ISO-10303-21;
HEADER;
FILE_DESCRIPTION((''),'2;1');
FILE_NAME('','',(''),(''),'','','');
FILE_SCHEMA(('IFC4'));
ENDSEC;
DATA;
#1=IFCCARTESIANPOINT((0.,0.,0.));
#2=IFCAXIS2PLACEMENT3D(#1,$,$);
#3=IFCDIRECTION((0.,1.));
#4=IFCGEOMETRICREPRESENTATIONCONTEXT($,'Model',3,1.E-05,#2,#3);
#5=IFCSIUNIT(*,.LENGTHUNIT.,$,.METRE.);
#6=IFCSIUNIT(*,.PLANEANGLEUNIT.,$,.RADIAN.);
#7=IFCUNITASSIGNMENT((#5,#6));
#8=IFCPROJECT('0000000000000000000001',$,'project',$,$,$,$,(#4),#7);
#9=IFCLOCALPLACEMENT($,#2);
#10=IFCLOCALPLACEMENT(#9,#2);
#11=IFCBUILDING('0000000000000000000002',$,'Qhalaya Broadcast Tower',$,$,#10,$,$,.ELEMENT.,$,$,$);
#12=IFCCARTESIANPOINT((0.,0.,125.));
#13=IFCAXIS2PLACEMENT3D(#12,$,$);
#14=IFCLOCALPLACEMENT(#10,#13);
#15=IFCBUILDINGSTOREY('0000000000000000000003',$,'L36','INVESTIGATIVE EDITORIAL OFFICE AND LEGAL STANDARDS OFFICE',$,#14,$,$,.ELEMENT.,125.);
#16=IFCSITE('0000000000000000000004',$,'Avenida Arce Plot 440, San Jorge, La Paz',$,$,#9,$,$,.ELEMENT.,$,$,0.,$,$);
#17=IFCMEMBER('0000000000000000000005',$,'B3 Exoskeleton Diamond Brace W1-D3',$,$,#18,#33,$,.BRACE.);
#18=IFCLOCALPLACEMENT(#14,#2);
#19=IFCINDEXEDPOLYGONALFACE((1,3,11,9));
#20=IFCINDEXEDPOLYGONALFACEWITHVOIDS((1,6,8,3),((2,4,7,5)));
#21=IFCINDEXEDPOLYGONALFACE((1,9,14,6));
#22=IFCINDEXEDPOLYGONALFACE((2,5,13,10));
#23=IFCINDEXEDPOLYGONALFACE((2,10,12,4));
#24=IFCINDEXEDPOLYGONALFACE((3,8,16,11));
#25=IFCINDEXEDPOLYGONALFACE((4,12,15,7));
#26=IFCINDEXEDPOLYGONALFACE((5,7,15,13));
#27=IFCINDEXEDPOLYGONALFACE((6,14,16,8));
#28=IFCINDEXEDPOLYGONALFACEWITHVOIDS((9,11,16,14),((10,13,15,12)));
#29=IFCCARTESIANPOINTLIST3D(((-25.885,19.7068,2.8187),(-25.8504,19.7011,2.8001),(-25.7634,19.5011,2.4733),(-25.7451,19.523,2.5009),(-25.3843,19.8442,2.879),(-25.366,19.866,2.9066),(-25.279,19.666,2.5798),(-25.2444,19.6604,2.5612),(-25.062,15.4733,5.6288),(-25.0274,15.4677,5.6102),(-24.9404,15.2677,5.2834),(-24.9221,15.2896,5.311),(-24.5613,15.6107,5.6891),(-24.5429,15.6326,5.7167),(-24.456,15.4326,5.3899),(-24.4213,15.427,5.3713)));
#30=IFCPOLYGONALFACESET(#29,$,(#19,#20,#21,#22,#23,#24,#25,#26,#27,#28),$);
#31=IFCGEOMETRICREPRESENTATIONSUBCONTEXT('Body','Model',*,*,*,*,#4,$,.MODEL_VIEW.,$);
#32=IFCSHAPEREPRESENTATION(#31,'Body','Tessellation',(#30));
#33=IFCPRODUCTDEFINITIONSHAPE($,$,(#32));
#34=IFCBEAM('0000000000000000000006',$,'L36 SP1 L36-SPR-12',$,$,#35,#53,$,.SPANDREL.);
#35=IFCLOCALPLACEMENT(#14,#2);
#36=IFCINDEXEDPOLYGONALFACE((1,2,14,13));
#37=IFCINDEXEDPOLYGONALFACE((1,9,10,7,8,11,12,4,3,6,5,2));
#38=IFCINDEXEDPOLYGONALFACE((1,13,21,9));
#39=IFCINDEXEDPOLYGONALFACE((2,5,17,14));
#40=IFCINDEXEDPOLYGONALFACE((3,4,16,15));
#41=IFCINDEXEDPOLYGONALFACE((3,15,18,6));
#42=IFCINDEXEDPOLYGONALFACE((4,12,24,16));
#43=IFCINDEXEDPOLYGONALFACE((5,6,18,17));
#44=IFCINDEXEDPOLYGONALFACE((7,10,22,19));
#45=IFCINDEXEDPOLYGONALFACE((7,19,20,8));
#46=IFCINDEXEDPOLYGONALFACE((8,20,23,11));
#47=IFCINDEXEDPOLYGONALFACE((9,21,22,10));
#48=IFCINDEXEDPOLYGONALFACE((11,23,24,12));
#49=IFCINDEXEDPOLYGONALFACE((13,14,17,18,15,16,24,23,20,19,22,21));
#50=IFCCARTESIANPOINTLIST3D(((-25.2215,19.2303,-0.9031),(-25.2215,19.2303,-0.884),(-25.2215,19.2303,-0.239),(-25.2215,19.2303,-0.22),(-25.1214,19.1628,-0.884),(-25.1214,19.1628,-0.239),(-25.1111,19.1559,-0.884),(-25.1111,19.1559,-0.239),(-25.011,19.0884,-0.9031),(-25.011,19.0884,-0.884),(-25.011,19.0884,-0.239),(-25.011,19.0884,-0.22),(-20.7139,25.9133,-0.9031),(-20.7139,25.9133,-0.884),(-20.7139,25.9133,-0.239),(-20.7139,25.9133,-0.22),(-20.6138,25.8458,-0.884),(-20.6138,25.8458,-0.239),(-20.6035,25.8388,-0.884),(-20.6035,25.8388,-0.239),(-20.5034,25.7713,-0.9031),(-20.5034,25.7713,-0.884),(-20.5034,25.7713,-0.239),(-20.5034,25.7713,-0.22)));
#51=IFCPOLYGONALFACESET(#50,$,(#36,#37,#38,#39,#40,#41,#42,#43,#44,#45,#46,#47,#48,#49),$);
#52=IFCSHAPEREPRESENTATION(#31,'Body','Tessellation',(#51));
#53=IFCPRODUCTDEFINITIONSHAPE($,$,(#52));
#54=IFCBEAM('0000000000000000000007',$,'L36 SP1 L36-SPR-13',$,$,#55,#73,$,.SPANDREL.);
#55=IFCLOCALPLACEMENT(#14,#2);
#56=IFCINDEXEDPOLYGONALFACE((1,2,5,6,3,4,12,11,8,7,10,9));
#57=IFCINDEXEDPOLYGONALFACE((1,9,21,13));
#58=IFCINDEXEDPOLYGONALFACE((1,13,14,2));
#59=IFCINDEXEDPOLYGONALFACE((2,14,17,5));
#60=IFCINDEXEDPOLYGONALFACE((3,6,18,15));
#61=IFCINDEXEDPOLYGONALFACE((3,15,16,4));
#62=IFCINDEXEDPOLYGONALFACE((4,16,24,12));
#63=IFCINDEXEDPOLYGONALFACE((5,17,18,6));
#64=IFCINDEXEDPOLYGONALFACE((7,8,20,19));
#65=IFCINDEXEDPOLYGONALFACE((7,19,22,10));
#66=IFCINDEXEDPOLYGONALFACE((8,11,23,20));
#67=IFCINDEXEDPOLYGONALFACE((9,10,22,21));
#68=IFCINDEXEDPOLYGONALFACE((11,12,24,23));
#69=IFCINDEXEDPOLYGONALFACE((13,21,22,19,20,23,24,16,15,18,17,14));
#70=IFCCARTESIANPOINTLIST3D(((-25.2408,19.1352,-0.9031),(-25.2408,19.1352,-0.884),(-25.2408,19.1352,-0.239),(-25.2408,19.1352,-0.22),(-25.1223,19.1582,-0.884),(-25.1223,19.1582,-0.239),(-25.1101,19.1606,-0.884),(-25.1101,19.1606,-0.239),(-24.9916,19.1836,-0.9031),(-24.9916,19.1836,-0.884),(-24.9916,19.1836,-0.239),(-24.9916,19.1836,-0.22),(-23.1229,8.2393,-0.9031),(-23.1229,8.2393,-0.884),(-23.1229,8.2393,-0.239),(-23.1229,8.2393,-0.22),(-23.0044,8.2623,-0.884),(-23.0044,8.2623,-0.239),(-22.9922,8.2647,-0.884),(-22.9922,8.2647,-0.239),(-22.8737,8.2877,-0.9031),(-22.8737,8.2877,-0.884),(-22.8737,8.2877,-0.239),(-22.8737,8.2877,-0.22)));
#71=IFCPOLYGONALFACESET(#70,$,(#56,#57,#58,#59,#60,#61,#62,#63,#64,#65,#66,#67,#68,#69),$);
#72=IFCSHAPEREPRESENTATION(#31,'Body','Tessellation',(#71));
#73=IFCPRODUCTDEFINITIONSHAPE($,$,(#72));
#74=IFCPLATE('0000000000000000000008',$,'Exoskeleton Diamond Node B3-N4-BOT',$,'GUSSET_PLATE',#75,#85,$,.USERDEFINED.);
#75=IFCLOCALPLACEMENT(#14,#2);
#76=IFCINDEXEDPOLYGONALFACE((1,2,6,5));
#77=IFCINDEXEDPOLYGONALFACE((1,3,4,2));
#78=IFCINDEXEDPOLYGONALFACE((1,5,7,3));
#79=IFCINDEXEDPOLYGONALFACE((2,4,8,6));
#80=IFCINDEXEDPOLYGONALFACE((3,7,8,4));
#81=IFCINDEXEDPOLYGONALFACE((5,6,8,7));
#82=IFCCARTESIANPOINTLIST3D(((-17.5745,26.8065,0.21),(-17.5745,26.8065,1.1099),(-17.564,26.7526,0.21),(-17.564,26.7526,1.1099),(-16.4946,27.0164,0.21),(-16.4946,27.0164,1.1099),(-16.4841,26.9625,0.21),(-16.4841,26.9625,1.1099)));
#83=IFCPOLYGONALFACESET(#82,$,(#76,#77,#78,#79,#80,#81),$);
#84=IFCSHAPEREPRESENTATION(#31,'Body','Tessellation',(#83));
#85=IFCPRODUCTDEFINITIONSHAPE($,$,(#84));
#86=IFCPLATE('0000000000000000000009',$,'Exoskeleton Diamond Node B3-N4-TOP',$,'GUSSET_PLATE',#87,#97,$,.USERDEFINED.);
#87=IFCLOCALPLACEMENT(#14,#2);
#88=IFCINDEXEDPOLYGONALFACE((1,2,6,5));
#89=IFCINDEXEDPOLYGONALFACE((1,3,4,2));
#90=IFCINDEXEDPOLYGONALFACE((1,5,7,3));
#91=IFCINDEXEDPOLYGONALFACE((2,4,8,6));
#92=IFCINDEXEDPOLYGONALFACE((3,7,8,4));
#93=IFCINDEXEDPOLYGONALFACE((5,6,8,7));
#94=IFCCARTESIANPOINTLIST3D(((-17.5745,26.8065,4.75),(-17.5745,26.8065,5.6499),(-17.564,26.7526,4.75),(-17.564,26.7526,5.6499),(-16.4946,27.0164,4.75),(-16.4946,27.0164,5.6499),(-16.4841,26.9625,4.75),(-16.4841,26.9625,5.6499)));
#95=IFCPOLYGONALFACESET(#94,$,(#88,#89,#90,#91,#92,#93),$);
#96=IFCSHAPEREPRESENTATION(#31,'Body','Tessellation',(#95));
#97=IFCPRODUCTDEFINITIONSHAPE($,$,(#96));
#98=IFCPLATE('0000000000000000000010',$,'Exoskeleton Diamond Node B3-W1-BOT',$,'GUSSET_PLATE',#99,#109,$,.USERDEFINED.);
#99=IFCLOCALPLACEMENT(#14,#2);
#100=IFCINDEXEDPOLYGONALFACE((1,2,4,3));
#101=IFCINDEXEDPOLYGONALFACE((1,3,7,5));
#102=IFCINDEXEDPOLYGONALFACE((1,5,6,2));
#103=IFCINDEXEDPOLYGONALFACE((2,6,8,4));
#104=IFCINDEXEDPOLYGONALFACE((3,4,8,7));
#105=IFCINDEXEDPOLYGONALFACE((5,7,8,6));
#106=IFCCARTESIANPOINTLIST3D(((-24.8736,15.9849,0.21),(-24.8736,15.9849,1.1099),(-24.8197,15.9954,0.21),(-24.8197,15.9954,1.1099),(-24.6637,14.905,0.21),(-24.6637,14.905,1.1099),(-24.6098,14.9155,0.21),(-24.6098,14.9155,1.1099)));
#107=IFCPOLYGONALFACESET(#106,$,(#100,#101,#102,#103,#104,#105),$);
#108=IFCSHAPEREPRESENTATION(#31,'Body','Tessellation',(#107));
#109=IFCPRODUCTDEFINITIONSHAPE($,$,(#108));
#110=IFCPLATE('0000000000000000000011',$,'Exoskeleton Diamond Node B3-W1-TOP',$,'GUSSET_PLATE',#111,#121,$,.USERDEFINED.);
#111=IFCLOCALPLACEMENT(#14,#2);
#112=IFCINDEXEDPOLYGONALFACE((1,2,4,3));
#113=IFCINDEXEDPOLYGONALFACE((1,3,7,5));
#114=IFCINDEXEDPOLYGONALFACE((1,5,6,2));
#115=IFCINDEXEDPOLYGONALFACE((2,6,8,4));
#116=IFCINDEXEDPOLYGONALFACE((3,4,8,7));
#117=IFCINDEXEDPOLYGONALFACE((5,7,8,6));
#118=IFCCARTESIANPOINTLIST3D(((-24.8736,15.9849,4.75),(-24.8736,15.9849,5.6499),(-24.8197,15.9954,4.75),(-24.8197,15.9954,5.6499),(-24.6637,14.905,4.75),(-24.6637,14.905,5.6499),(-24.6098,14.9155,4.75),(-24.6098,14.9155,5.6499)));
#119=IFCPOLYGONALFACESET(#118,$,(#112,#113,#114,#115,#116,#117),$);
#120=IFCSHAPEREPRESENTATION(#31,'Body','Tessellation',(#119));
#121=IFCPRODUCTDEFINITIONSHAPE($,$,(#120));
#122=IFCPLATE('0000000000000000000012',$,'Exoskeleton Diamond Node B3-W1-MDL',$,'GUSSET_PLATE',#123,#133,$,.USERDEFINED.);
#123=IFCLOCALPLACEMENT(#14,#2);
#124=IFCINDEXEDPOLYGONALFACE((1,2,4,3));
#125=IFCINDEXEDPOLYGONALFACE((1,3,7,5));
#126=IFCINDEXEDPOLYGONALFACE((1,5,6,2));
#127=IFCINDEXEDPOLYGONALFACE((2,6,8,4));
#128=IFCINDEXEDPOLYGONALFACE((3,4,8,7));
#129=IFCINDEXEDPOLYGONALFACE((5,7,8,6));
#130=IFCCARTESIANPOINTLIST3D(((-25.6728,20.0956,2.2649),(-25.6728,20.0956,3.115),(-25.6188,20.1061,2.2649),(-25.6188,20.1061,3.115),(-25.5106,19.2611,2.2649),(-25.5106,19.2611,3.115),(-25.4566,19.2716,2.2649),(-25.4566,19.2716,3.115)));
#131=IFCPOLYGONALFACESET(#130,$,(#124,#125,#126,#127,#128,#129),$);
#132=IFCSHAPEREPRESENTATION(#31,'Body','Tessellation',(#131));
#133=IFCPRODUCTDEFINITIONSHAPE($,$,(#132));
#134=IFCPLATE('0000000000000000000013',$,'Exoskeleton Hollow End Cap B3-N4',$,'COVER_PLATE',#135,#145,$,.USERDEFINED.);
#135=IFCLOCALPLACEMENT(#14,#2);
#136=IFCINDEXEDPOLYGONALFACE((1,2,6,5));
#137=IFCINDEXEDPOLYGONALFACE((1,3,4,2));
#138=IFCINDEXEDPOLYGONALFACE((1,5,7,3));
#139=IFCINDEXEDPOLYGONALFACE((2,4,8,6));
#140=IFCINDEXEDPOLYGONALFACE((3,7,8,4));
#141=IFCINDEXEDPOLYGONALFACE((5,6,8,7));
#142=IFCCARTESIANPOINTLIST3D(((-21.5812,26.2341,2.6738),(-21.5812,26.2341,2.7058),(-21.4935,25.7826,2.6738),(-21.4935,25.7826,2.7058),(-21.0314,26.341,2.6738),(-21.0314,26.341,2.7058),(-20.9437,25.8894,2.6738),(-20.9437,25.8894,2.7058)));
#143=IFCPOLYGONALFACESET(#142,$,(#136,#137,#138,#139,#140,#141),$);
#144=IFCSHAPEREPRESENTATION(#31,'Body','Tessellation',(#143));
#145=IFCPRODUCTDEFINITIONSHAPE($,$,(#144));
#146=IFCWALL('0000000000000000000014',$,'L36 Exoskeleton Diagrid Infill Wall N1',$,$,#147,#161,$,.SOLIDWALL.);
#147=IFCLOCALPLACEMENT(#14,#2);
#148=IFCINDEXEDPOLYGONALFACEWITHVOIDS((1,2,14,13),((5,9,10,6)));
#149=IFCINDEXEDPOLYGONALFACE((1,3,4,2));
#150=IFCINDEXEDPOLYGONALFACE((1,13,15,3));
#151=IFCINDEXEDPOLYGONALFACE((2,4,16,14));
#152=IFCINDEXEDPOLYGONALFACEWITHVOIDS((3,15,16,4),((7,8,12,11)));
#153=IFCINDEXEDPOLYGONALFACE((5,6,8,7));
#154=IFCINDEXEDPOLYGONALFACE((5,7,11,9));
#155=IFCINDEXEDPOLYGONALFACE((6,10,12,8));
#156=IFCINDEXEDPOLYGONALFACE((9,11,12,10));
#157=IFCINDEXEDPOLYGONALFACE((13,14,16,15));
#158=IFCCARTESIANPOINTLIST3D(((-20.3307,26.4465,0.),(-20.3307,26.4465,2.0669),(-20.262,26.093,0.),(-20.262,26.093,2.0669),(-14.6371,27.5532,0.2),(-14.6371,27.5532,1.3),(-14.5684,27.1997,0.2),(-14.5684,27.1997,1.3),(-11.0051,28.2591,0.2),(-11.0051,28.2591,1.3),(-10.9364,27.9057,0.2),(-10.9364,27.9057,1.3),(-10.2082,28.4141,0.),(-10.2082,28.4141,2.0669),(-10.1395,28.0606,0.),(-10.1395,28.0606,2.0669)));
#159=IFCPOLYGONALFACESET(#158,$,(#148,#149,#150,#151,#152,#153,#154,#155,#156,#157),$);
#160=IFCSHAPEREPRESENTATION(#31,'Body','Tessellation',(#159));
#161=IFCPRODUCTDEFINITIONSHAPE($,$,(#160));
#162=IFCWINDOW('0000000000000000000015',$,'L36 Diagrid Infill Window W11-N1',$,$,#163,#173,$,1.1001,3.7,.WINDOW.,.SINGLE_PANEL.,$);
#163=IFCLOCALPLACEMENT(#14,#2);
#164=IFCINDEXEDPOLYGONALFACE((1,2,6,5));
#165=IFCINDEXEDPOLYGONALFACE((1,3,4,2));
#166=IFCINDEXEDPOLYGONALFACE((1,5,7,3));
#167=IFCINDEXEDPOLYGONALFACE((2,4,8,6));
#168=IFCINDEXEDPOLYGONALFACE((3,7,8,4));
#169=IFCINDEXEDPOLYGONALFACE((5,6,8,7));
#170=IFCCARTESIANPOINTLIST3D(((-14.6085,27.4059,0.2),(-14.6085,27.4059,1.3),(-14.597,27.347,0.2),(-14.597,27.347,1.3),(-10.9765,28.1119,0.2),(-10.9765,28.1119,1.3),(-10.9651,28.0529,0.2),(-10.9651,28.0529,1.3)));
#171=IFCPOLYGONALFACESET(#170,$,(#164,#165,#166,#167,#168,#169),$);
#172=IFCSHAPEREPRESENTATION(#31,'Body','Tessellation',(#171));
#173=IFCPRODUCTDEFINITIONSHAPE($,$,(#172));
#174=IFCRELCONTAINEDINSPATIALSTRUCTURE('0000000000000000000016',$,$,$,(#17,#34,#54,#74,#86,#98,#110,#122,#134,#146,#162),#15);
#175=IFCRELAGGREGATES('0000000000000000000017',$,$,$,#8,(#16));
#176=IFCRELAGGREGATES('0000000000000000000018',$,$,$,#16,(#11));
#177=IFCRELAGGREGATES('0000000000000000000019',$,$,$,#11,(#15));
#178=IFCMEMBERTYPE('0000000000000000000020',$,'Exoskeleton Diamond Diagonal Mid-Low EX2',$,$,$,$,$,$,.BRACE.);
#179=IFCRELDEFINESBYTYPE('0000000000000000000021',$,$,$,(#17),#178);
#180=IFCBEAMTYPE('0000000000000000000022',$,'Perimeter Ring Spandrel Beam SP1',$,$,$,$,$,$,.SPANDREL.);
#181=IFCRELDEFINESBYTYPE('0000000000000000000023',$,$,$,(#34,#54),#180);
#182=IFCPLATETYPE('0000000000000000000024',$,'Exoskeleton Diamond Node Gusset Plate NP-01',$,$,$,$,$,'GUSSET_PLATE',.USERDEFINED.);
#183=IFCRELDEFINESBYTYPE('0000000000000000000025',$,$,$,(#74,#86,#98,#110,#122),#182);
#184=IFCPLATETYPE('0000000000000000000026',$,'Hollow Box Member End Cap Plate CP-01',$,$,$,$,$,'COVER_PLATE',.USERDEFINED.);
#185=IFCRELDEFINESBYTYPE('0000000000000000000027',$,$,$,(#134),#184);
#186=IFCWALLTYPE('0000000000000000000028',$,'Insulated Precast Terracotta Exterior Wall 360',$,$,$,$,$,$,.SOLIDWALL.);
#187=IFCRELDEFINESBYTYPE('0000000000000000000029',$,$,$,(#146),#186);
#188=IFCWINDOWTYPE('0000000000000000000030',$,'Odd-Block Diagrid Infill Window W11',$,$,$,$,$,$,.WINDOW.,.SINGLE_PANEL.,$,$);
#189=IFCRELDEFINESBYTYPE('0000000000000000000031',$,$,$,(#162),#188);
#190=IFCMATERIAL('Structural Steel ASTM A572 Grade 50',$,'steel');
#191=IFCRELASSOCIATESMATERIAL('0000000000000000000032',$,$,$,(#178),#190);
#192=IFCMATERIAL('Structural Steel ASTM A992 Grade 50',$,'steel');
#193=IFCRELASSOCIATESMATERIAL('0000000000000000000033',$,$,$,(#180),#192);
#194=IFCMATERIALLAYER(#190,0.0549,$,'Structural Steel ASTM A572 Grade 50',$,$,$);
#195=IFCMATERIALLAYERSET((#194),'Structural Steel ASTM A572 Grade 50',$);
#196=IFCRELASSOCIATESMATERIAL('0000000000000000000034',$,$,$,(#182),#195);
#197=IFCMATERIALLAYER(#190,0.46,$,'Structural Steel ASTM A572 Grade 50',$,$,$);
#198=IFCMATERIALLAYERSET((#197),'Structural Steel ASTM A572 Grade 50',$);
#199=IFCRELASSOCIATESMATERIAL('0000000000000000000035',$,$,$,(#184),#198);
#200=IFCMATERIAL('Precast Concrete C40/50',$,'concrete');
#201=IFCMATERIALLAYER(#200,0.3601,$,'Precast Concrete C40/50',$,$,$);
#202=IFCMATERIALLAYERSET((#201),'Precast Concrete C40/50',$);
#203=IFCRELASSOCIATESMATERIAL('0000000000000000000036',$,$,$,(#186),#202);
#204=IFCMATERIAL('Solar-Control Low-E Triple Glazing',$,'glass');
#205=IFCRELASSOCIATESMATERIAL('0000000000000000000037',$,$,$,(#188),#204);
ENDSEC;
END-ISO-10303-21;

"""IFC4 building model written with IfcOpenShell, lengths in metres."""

from ifc_helpers import new_model, si_unit, direction, frame, frame_2d, origin, origin_2d, place, context, subcontext, project, spatial, rectangle, hollow_rectangle, i_section, extrude, material, layer, layer_set, material_profile, profile_set, type_object, element, fill, save


model = new_model("IFC4")

# Units and contexts
model_context = context("Model", 3, precision=1e-05, world=origin(), true_north=direction((0.0, 1.0)))
body_context = subcontext(model_context, "Body", "Model", "MODEL_VIEW")
ifc_project = project(units=[si_unit("LENGTHUNIT", "METRE"), si_unit("PLANEANGLEUNIT", "RADIAN")], contexts=[model_context])

# Site, building, storey
site_placement = place(None, origin())
site = spatial("IfcSite", under=ifc_project, at=site_placement, Name="Avenida Arce Plot 440, San Jorge, La Paz", CompositionType="ELEMENT", RefElevation=0.0)
building_placement = place(site_placement, origin())
building = spatial("IfcBuilding", under=site, at=building_placement, Name="Qhalaya Broadcast Tower", CompositionType="ELEMENT")
storey_placement = place(building_placement, frame((0.0, 0.0, 125.0)))
storey = spatial("IfcBuildingStorey", under=building, at=storey_placement, Name="L36", Description="INVESTIGATIVE EDITORIAL OFFICE AND LEGAL STANDARDS OFFICE", CompositionType="ELEMENT", Elevation=125.0)

# Shared definitions
ifc_material_1 = material(Name="Structural Steel ASTM A572 Grade 50", Category="steel")

# Shared definitions
ifc_material_2 = material(Name="Structural Steel ASTM A992 Grade 50", Category="steel")

# Member
ifc_material_profile_1 = material_profile(ifc_material_1, hollow_rectangle(XDim=0.4199, YDim=0.55, WallThickness=0.0281, at=origin_2d()), Name="BOX 420x550x28")
ifc_profile_set_1 = profile_set([ifc_material_profile_1], Name="Structural Steel ASTM A572 Grade 50")
member_type = type_object("IfcMemberType", Name="Exoskeleton Diamond Diagonal Mid-Low EX2", PredefinedType="BRACE", material=ifc_profile_set_1)
member_1_placement = place(storey_placement, frame((-25.5647, 19.6836, 2.6899), z_axis=(0.159887, -0.822439, 0.545921), x_axis=(-0.289568, 0.48963, 0.822443)))
element("IfcMember", 1, at=member_1_placement, inside=storey, type_object=member_type, Name="B3 Exoskeleton Diamond Brace W1-D3", PredefinedType="BRACE", context=body_context, shape_type="SweptSolid", body=[
    extrude(hollow_rectangle(XDim=0.4199, YDim=0.55, WallThickness=0.0281, at=origin_2d()), origin(), (0.0, 0.0, 1.0), 5.1475),
])

# Beams
ifc_material_profile_2 = material_profile(ifc_material_2, i_section(OverallWidth=0.2539, OverallDepth=0.6831, WebThickness=0.0125, FlangeThickness=0.019, at=origin_2d()), Name="W27X94")
ifc_profile_set_2 = profile_set([ifc_material_profile_2], Name="Structural Steel ASTM A992 Grade 50")
beam_type_1 = type_object("IfcBeamType", Name="Perimeter Ring Spandrel Beam SP1", PredefinedType="SPANDREL", material=ifc_profile_set_2)
beam_1_placement = place(storey_placement, frame((-20.6086, 25.8423, -0.5615), z_axis=(-0.559186, -0.829042, 0.0), x_axis=(0.829042, -0.559186, 0.0)))
element("IfcBeam", 2, at=beam_1_placement, inside=storey, type_object=beam_type_1, Name="L36 SP1 L36-SPR-12", PredefinedType="SPANDREL", context=body_context, shape_type="SweptSolid", body=[
    extrude(i_section(OverallWidth=0.2539, OverallDepth=0.6831, WebThickness=0.0125, FlangeThickness=0.019, at=origin_2d()), origin(), (0.0, 0.0, 1.0), 8.061),
])
beam_2_placement = place(storey_placement, frame((-25.1162, 19.1594, -0.5615), z_axis=(0.190805, -0.981628, 0.0), x_axis=(0.981628, 0.190805, 0.0)))
element("IfcBeam", 3, at=beam_2_placement, inside=storey, type_object=beam_type_1, Name="L36 SP1 L36-SPR-13", PredefinedType="SPANDREL", context=body_context, shape_type="SweptSolid", body=[
    extrude(i_section(OverallWidth=0.2539, OverallDepth=0.6831, WebThickness=0.0125, FlangeThickness=0.019, at=origin_2d()), origin(), (0.0, 0.0, 1.0), 11.0999),
])

# Plates
ifc_layer_1 = layer(ifc_material_1, 0.0549, Name="Structural Steel ASTM A572 Grade 50")
ifc_layer_set_1 = layer_set([ifc_layer_1], Name="Structural Steel ASTM A572 Grade 50")
plate_type_1 = type_object("IfcPlateType", Name="Exoskeleton Diamond Node Gusset Plate NP-01", ElementType="GUSSET_PLATE", PredefinedType="USERDEFINED", material=ifc_layer_set_1)
for number, where, z_axis, x_axis, name in (
    (4, (-17.0293, 26.8845, 0.21), (0.0, 0.0, 1.0), (0.981627, 0.190809, 0.0), "Exoskeleton Diamond Node B3-N4-BOT"),
    (5, (-17.0293, 26.8845, 4.75), (0.0, 0.0, 1.0), (0.981627, 0.190809, 0.0), "Exoskeleton Diamond Node B3-N4-TOP"),
    (6, (-24.7417, 15.4502, 0.21), (0.0, 0.0, 1.0), (-0.190809, 0.981627, 0.0), "Exoskeleton Diamond Node B3-W1-BOT"),
    (7, (-24.7417, 15.4502, 4.75), (0.0, 0.0, 1.0), (-0.190809, 0.981627, 0.0), "Exoskeleton Diamond Node B3-W1-TOP"),
):
    element("IfcPlate", number, at=place(storey_placement, frame(where, z_axis=z_axis, x_axis=x_axis)), inside=storey, type_object=plate_type_1, Name=name, ObjectType="GUSSET_PLATE", PredefinedType="USERDEFINED", context=body_context, shape_type="SweptSolid", body=[
        extrude(rectangle(XDim=1.1001, YDim=0.0549, at=origin_2d()), origin(), (0.0, 0.0, 1.0), 0.8999),
    ])
plate_1_placement = place(storey_placement, frame((-25.5647, 19.6836, 2.2649), z_axis=(0.0, 0.0, 1.0), x_axis=(-0.190809, 0.981627, 0.0)))
element("IfcPlate", 8, at=plate_1_placement, inside=storey, type_object=plate_type_1, Name="Exoskeleton Diamond Node B3-W1-MDL", ObjectType="GUSSET_PLATE", PredefinedType="USERDEFINED", context=body_context, shape_type="SweptSolid", body=[
    extrude(rectangle(XDim=0.8501, YDim=0.0549, at=origin_2d()), origin(), (0.0, 0.0, 1.0), 0.8501),
])
ifc_layer_2 = layer(ifc_material_1, 0.46, Name="Structural Steel ASTM A572 Grade 50")
ifc_layer_set_2 = layer_set([ifc_layer_2], Name="Structural Steel ASTM A572 Grade 50")
plate_type_2 = type_object("IfcPlateType", Name="Hollow Box Member End Cap Plate CP-01", ElementType="COVER_PLATE", PredefinedType="USERDEFINED", material=ifc_layer_set_2)
plate_2_placement = place(storey_placement, frame((-21.2625, 26.0618, 2.6738), z_axis=(0.0, 0.0, 1.0), x_axis=(0.981627, 0.190809, 0.0)))
element("IfcPlate", 9, at=plate_2_placement, inside=storey, type_object=plate_type_2, Name="Exoskeleton Hollow End Cap B3-N4", ObjectType="COVER_PLATE", PredefinedType="USERDEFINED", context=body_context, shape_type="SweptSolid", body=[
    extrude(rectangle(XDim=0.5601, YDim=0.46, at=origin_2d()), origin(), (0.0, 0.0, 1.0), 0.032),
])

# Wall, opening, window
ifc_material_3 = material(Name="Precast Concrete C40/50", Category="concrete")
ifc_layer_3 = layer(ifc_material_3, 0.3601, Name="Precast Concrete C40/50")
ifc_layer_set_3 = layer_set([ifc_layer_3], Name="Precast Concrete C40/50")
wall_type = type_object("IfcWallType", Name="Insulated Precast Terracotta Exterior Wall 360", PredefinedType="SOLIDWALL", material=ifc_layer_set_3)
wall_placement = place(storey_placement, frame((-20.2964, 26.2698, 0.0), z_axis=(0.0, 0.0, 1.0), x_axis=(0.981629, 0.1908, 0.0)))
wall = element("IfcWall", 10, at=wall_placement, inside=storey, type_object=wall_type, Name="L36 Exoskeleton Diagrid Infill Wall N1", PredefinedType="SOLIDWALL", context=body_context, shape_type="SweptSolid", body=[
    extrude(rectangle(XDim=10.312, YDim=0.3601, at=frame_2d((5.156, 0.0))), origin(), (0.0, 0.0, 1.0), 2.0669),
])
opening_placement = place(wall_placement, frame((5.8, 0.0, 0.2)))
opening = element("IfcOpeningElement", 11, at=opening_placement, cuts=wall, PredefinedType="OPENING", context=body_context, shape_type="SweptSolid", body=[
    extrude(rectangle(XDim=3.7, YDim=1.1001, at=frame_2d((1.8501, 0.55))), frame((0.0, 0.1921, 0.0), z_axis=(0.0, -1.0, 0.0), x_axis=(1.0, 0.0, 0.0)), (0.0, 0.0, 1.0), 0.384),
])
ifc_material_4 = material(Name="Solar-Control Low-E Triple Glazing", Category="glass")
window_type = type_object("IfcWindowType", Name="Odd-Block Diagrid Infill Window W11", PartitioningType="SINGLE_PANEL", PredefinedType="WINDOW", material=ifc_material_4)
window_placement = place(opening_placement, origin())
window = element("IfcWindow", 12, at=window_placement, inside=storey, type_object=window_type, Name="L36 Diagrid Infill Window W11-N1", OverallHeight=1.1001, OverallWidth=3.7, PartitioningType="SINGLE_PANEL", PredefinedType="WINDOW", context=body_context, shape_type="SweptSolid", body=[
    extrude(rectangle(XDim=3.7, YDim=1.1001, at=frame_2d((1.8501, 0.55))), frame((0.0, 0.03, 0.0), z_axis=(0.0, -1.0, 0.0), x_axis=(1.0, 0.0, 0.0)), (0.0, 0.0, 1.0), 0.0601),
])
fill(opening, window)

save(model, "model.ifc")
